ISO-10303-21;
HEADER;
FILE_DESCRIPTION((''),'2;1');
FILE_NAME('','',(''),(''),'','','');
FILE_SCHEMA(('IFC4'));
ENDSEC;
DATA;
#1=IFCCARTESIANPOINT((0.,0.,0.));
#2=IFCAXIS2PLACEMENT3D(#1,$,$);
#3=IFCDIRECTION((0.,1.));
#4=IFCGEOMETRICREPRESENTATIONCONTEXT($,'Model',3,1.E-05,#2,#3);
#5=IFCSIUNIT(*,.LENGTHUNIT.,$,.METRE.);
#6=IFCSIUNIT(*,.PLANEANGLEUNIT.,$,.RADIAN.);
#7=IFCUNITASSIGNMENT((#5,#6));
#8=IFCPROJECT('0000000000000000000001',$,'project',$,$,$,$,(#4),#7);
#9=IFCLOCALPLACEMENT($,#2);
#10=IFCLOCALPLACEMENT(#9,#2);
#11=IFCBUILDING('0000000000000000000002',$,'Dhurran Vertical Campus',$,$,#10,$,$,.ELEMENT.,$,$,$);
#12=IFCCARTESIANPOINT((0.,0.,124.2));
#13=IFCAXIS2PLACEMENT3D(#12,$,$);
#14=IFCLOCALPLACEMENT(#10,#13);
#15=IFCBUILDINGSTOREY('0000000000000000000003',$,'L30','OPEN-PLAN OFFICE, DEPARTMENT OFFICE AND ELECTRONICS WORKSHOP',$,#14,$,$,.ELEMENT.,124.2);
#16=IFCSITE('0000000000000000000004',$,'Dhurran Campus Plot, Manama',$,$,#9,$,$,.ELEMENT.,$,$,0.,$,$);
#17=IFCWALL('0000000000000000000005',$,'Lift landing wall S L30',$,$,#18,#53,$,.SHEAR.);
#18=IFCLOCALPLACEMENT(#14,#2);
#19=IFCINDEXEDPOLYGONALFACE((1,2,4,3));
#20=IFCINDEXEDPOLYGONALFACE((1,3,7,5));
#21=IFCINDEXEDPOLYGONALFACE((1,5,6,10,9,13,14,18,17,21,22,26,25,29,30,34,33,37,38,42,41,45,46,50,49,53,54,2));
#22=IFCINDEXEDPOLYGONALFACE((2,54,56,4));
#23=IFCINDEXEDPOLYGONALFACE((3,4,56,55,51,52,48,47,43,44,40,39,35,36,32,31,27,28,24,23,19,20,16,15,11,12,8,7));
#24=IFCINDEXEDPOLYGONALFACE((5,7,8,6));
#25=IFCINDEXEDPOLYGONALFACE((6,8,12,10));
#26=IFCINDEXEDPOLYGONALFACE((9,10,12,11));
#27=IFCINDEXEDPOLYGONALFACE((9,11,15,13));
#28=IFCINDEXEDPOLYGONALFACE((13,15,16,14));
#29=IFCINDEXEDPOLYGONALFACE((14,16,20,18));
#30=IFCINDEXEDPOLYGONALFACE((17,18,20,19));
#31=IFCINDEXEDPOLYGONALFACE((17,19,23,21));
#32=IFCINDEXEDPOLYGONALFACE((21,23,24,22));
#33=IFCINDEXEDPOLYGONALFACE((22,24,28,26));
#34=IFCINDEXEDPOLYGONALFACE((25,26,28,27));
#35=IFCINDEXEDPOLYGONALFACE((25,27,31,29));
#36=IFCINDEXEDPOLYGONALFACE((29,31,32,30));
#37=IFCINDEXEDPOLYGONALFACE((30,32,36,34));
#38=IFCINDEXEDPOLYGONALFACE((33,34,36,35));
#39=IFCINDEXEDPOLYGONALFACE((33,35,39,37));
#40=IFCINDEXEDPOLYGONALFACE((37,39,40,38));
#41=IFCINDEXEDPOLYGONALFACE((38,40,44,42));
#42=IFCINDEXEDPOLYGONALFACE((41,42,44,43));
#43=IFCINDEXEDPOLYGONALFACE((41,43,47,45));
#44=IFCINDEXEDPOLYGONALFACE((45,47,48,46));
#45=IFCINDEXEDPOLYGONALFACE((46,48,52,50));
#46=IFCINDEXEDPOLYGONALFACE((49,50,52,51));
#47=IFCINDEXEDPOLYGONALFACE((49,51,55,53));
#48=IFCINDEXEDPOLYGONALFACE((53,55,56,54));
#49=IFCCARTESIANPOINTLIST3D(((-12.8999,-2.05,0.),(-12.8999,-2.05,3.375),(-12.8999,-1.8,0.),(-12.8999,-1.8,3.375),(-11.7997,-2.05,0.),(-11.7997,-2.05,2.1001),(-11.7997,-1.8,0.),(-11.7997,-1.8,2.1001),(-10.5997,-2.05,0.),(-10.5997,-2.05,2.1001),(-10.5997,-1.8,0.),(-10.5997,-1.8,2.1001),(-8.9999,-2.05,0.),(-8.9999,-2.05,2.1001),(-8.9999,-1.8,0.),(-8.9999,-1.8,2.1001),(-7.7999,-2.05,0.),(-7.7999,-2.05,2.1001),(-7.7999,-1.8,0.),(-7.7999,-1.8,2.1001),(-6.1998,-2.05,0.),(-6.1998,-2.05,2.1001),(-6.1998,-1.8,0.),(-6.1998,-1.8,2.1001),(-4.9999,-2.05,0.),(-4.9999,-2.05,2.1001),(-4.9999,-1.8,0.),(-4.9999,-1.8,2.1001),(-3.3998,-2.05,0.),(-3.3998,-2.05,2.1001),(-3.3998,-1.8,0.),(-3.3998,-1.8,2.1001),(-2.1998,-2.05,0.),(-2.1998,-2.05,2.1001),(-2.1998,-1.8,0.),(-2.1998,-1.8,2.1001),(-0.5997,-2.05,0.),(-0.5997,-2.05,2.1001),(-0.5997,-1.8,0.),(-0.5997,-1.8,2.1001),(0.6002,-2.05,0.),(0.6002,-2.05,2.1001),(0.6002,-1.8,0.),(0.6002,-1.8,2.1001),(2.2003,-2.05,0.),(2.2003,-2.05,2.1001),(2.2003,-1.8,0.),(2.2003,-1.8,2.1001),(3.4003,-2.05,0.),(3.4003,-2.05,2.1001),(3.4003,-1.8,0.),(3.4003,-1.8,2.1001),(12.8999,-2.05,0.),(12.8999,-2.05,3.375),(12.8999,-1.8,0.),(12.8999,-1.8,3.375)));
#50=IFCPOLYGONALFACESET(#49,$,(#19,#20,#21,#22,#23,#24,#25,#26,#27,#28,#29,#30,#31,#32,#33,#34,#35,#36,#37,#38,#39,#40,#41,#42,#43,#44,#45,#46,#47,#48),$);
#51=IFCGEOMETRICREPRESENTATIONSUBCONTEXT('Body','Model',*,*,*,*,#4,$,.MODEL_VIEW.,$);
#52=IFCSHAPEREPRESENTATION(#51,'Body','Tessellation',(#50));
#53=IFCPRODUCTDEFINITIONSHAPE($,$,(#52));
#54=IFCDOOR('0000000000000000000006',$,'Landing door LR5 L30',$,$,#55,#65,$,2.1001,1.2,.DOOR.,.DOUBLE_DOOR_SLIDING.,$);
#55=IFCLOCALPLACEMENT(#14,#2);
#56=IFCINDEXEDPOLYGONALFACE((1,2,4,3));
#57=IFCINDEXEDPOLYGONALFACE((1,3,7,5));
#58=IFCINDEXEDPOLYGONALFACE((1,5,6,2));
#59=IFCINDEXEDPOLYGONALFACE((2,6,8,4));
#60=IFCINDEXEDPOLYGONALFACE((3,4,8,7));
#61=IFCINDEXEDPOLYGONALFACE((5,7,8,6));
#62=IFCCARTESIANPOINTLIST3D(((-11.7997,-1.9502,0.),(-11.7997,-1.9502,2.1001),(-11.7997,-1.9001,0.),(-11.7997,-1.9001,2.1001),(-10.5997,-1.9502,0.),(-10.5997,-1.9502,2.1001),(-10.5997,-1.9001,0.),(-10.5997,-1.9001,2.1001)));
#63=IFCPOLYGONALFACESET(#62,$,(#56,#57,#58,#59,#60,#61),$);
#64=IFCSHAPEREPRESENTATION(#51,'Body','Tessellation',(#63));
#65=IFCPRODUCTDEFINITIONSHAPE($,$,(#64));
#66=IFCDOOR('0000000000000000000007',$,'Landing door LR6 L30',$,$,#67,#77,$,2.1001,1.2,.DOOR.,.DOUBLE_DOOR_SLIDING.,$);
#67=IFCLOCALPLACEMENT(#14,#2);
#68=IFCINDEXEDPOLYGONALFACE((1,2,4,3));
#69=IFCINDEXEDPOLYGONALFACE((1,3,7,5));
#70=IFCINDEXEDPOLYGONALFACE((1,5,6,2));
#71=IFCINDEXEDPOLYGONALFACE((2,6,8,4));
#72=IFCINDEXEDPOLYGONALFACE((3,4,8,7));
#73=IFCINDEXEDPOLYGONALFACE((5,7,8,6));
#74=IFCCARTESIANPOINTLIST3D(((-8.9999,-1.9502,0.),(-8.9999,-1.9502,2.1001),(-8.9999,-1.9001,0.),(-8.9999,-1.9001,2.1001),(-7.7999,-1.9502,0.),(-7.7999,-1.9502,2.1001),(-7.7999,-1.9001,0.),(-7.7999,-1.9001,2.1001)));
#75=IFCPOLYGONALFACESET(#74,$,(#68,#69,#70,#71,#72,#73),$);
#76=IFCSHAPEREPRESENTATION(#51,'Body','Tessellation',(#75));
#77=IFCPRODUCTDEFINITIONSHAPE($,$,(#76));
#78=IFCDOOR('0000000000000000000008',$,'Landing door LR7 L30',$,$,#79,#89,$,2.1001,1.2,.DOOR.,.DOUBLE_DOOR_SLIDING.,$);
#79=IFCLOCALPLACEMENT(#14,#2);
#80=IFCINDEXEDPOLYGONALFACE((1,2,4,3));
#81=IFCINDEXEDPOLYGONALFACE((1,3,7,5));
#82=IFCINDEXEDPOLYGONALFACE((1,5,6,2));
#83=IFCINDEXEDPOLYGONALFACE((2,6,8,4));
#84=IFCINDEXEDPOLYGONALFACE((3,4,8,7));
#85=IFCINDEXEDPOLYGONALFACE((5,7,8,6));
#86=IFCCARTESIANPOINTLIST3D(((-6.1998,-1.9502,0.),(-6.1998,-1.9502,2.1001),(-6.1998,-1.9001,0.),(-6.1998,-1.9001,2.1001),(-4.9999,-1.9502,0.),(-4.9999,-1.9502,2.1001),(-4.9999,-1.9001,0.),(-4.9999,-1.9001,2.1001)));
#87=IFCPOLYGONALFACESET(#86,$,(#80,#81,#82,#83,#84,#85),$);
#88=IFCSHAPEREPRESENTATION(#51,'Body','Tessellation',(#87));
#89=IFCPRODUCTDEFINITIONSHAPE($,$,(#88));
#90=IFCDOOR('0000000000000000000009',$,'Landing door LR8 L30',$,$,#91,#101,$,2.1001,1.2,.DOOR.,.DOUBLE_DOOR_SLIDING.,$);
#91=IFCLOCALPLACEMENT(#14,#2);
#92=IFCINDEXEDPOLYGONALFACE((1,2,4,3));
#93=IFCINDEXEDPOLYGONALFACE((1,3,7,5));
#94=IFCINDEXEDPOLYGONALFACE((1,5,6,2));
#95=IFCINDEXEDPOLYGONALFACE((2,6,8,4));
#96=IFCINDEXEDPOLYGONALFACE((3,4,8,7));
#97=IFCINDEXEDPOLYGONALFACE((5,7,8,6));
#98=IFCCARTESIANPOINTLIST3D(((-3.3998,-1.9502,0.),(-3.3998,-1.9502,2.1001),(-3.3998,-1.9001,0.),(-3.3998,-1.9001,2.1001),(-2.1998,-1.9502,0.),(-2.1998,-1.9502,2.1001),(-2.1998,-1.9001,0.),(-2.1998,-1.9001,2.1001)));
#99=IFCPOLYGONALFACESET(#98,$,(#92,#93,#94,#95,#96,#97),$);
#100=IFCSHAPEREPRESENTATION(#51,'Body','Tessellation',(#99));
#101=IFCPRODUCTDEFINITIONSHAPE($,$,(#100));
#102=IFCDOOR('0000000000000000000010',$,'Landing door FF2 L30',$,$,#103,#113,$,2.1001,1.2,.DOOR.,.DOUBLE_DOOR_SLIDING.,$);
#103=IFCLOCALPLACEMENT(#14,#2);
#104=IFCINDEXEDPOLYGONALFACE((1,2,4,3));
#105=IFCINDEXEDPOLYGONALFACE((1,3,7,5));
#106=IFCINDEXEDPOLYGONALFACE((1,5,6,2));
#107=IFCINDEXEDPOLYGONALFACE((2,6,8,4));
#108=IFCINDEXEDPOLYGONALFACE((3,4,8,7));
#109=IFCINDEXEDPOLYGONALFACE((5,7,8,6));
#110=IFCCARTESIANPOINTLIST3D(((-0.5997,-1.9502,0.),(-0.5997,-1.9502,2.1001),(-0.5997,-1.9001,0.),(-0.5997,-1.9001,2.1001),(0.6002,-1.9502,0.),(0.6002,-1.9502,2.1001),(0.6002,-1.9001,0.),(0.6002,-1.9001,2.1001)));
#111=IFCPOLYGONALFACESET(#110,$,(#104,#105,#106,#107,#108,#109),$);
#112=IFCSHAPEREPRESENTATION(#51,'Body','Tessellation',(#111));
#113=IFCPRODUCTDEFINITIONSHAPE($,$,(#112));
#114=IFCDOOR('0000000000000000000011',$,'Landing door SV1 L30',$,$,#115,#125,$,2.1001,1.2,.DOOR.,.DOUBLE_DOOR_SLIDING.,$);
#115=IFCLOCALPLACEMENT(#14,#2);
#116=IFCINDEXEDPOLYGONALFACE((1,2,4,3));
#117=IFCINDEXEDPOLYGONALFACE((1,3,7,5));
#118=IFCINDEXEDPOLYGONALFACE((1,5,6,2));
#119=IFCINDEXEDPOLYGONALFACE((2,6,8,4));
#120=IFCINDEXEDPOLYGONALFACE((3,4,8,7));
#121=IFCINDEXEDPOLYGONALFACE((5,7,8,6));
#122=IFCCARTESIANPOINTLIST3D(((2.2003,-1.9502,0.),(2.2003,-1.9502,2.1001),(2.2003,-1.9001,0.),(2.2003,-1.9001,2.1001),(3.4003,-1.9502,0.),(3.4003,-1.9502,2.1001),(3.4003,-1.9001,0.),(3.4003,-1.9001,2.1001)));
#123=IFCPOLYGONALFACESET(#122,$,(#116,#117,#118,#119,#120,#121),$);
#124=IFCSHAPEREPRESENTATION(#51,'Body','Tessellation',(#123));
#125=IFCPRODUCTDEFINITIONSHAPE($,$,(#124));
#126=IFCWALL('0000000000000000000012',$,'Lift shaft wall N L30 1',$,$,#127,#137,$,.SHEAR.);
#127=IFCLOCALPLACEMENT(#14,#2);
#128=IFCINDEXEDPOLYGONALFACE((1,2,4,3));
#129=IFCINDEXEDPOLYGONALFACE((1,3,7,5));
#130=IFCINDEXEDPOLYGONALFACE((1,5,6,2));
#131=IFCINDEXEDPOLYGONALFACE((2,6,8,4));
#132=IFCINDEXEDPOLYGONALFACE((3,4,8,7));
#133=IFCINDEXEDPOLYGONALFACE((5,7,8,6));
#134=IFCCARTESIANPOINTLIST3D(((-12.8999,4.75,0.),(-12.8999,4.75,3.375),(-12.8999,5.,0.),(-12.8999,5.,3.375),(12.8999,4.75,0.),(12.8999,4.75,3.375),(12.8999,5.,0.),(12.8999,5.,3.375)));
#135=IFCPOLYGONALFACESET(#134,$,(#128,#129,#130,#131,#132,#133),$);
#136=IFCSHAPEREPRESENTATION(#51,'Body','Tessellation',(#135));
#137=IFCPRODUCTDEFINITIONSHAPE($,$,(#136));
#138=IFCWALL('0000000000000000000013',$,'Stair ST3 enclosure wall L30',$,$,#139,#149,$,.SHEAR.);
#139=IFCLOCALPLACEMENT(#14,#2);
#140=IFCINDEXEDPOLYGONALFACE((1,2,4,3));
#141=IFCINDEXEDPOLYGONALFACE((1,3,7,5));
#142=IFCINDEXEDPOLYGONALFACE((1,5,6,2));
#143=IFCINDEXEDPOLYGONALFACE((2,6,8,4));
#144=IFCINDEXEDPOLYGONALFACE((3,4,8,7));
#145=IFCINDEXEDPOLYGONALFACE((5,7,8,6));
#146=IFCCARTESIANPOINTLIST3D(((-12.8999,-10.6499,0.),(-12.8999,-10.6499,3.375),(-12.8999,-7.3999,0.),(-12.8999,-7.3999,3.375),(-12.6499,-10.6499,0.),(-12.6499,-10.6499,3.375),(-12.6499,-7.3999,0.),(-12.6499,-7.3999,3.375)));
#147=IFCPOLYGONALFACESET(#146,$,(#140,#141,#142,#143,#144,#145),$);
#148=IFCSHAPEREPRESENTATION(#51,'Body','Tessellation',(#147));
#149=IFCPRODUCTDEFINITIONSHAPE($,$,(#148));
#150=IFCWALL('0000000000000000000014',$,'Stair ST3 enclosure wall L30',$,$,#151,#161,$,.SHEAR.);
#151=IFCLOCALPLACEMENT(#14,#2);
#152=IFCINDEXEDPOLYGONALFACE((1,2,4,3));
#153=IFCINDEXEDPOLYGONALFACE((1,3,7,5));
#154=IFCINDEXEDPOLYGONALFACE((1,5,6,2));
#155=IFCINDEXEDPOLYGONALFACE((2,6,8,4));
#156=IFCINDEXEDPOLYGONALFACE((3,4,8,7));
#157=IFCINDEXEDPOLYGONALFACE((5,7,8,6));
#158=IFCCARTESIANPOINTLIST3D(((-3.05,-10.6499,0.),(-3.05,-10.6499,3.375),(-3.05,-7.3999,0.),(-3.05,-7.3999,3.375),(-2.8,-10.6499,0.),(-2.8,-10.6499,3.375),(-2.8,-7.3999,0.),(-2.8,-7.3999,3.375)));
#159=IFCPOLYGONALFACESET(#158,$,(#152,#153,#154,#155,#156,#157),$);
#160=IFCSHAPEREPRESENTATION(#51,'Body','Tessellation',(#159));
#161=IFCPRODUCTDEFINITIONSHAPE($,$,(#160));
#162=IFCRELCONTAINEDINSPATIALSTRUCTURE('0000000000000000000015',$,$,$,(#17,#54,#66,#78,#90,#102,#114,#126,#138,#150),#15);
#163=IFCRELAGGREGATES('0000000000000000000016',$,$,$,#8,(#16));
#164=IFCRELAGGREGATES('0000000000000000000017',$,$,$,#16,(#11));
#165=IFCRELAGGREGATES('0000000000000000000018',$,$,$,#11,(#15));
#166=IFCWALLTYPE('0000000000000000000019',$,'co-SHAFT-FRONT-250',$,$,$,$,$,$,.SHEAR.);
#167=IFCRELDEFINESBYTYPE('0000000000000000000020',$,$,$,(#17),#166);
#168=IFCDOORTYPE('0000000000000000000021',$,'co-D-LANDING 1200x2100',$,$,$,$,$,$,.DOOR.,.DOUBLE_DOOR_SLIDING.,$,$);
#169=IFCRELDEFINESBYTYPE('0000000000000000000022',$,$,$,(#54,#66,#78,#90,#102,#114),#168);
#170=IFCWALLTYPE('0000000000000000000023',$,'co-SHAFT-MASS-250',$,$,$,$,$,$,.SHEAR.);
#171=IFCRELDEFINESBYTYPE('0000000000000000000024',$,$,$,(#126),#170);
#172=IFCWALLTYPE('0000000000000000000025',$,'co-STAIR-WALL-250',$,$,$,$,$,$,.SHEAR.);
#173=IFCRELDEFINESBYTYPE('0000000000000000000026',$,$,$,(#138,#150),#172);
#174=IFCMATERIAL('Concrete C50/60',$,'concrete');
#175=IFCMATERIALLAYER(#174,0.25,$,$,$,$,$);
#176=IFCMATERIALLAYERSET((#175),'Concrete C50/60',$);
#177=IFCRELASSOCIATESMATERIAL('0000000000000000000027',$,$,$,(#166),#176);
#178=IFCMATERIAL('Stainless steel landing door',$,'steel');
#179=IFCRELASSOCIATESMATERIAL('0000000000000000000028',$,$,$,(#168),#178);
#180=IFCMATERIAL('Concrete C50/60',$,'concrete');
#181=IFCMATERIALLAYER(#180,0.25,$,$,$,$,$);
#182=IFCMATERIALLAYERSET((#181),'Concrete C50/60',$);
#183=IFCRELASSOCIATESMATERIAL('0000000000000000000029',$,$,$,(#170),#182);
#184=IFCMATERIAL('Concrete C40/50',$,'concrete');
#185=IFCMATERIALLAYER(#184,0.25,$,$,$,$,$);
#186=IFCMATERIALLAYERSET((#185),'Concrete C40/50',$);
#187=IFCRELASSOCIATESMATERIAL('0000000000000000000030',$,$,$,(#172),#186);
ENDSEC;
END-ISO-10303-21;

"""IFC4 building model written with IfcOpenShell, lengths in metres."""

from ifc_helpers import new_model, si_unit, direction, frame, frame_2d, origin, place, context, subcontext, project, spatial, polyline, rectangle, outline, extrude, material, layer, layer_set, type_object, element, fill, save


model = new_model("IFC4")

# Units and contexts
model_context = context("Model", 3, precision=1e-05, world=origin(), true_north=direction((0.0, 1.0)))
body_context = subcontext(model_context, "Body", "Model", "MODEL_VIEW")
ifc_project = project(units=[si_unit("LENGTHUNIT", "METRE"), si_unit("PLANEANGLEUNIT", "RADIAN")], contexts=[model_context])

# Site, building, storey
site_placement = place(None, origin())
site = spatial("IfcSite", under=ifc_project, at=site_placement, Name="Dhurran Campus Plot, Manama", CompositionType="ELEMENT", RefElevation=0.0)
building_placement = place(site_placement, origin())
building = spatial("IfcBuilding", under=site, at=building_placement, Name="Dhurran Vertical Campus", CompositionType="ELEMENT")
storey_placement = place(building_placement, frame((0.0, 0.0, 124.2)))
storey = spatial("IfcBuildingStorey", under=building, at=storey_placement, Name="L30", Description="OPEN-PLAN OFFICE, DEPARTMENT OFFICE AND ELECTRONICS WORKSHOP", CompositionType="ELEMENT", Elevation=124.2)

# Wall, openings, doors
ifc_material_1 = material(Name="Concrete C50/60", Category="concrete")
ifc_layer_1 = layer(ifc_material_1, 0.25)
ifc_layer_set_1 = layer_set([ifc_layer_1], Name="Concrete C50/60")
wall_type_1 = type_object("IfcWallType", Name="co-SHAFT-FRONT-250", PredefinedType="SHEAR", material=ifc_layer_set_1)
wall_1_placement = place(storey_placement, frame((-12.8999, -1.925, 0.0), z_axis=(0.0, 0.0, 1.0), x_axis=(1.0, 0.0, 0.0)))
wall_1 = element("IfcWall", 1, at=wall_1_placement, inside=storey, type_object=wall_type_1, Name="Lift landing wall S L30", PredefinedType="SHEAR", context=body_context, shape_type="SweptSolid", body=[
    extrude(rectangle(XDim=25.7998, YDim=0.25, at=frame_2d((12.8999, 0.0))), origin(), (0.0, 0.0, 1.0), 3.375),
])
opening_1_placement = place(wall_1_placement, frame((1.1001, 0.0, 0.0)))
opening_1 = element("IfcOpeningElement", 2, at=opening_1_placement, cuts=wall_1, PredefinedType="OPENING", context=body_context, shape_type="SweptSolid", body=[
    extrude(rectangle(XDim=1.2, YDim=2.1001, at=frame_2d((0.6001, 1.05))), frame((0.0, 0.135, 0.0), z_axis=(0.0, -1.0, 0.0), x_axis=(1.0, 0.0, 0.0)), (0.0, 0.0, 1.0), 0.27),
])
opening_2_placement = place(wall_1_placement, frame((3.8999, 0.0, 0.0)))
opening_2 = element("IfcOpeningElement", 3, at=opening_2_placement, cuts=wall_1, PredefinedType="OPENING", context=body_context, shape_type="SweptSolid", body=[
    extrude(rectangle(XDim=1.2, YDim=2.1001, at=frame_2d((0.6001, 1.05))), frame((0.0, 0.135, 0.0), z_axis=(0.0, -1.0, 0.0), x_axis=(1.0, 0.0, 0.0)), (0.0, 0.0, 1.0), 0.27),
])
opening_3_placement = place(wall_1_placement, frame((6.7, 0.0, 0.0)))
opening_3 = element("IfcOpeningElement", 4, at=opening_3_placement, cuts=wall_1, PredefinedType="OPENING", context=body_context, shape_type="SweptSolid", body=[
    extrude(rectangle(XDim=1.2, YDim=2.1001, at=frame_2d((0.6001, 1.05))), frame((0.0, 0.135, 0.0), z_axis=(0.0, -1.0, 0.0), x_axis=(1.0, 0.0, 0.0)), (0.0, 0.0, 1.0), 0.27),
])
opening_4_placement = place(wall_1_placement, frame((9.5, 0.0, 0.0)))
opening_4 = element("IfcOpeningElement", 5, at=opening_4_placement, cuts=wall_1, PredefinedType="OPENING", context=body_context, shape_type="SweptSolid", body=[
    extrude(rectangle(XDim=1.2, YDim=2.1001, at=frame_2d((0.6001, 1.05))), frame((0.0, 0.135, 0.0), z_axis=(0.0, -1.0, 0.0), x_axis=(1.0, 0.0, 0.0)), (0.0, 0.0, 1.0), 0.27),
])
opening_5_placement = place(wall_1_placement, frame((12.3, 0.0, 0.0)))
opening_5 = element("IfcOpeningElement", 6, at=opening_5_placement, cuts=wall_1, PredefinedType="OPENING", context=body_context, shape_type="SweptSolid", body=[
    extrude(rectangle(XDim=1.2, YDim=2.1001, at=frame_2d((0.6001, 1.05))), frame((0.0, 0.135, 0.0), z_axis=(0.0, -1.0, 0.0), x_axis=(1.0, 0.0, 0.0)), (0.0, 0.0, 1.0), 0.27),
])
opening_6_placement = place(wall_1_placement, frame((15.1001, 0.0, 0.0)))
opening_6 = element("IfcOpeningElement", 7, at=opening_6_placement, cuts=wall_1, PredefinedType="OPENING", context=body_context, shape_type="SweptSolid", body=[
    extrude(rectangle(XDim=1.2, YDim=2.1001, at=frame_2d((0.6001, 1.05))), frame((0.0, 0.135, 0.0), z_axis=(0.0, -1.0, 0.0), x_axis=(1.0, 0.0, 0.0)), (0.0, 0.0, 1.0), 0.27),
])
ifc_material_2 = material(Name="Stainless steel landing door", Category="steel")
door_type_1 = type_object("IfcDoorType", Name="co-D-LANDING 1200x2100", OperationType="DOUBLE_DOOR_SLIDING", PredefinedType="DOOR", material=ifc_material_2)
door_1_placement = place(opening_1_placement, origin())
door_1 = element("IfcDoor", 8, at=door_1_placement, inside=storey, type_object=door_type_1, Name="Landing door LR5 L30", OperationType="DOUBLE_DOOR_SLIDING", OverallHeight=2.1001, OverallWidth=1.2, PredefinedType="DOOR", context=body_context, shape_type="SweptSolid", body=[
    extrude(rectangle(XDim=1.2, YDim=2.1001, at=frame_2d((0.6001, 1.05))), frame((0.0, 0.0249, 0.0), z_axis=(0.0, -1.0, 0.0), x_axis=(1.0, 0.0, 0.0)), (0.0, 0.0, 1.0), 0.05),
])
fill(opening_1, door_1)
door_2_placement = place(opening_2_placement, origin())
door_2 = element("IfcDoor", 9, at=door_2_placement, inside=storey, type_object=door_type_1, Name="Landing door LR6 L30", OperationType="DOUBLE_DOOR_SLIDING", OverallHeight=2.1001, OverallWidth=1.2, PredefinedType="DOOR", context=body_context, shape_type="SweptSolid", body=[
    extrude(rectangle(XDim=1.2, YDim=2.1001, at=frame_2d((0.6001, 1.05))), frame((0.0, 0.0249, 0.0), z_axis=(0.0, -1.0, 0.0), x_axis=(1.0, 0.0, 0.0)), (0.0, 0.0, 1.0), 0.05),
])
fill(opening_2, door_2)
door_3_placement = place(opening_3_placement, origin())
door_3 = element("IfcDoor", 10, at=door_3_placement, inside=storey, type_object=door_type_1, Name="Landing door LR7 L30", OperationType="DOUBLE_DOOR_SLIDING", OverallHeight=2.1001, OverallWidth=1.2, PredefinedType="DOOR", context=body_context, shape_type="SweptSolid", body=[
    extrude(rectangle(XDim=1.2, YDim=2.1001, at=frame_2d((0.6001, 1.05))), frame((0.0, 0.0249, 0.0), z_axis=(0.0, -1.0, 0.0), x_axis=(1.0, 0.0, 0.0)), (0.0, 0.0, 1.0), 0.05),
])
fill(opening_3, door_3)
door_4_placement = place(opening_4_placement, origin())
door_4 = element("IfcDoor", 11, at=door_4_placement, inside=storey, type_object=door_type_1, Name="Landing door LR8 L30", OperationType="DOUBLE_DOOR_SLIDING", OverallHeight=2.1001, OverallWidth=1.2, PredefinedType="DOOR", context=body_context, shape_type="SweptSolid", body=[
    extrude(rectangle(XDim=1.2, YDim=2.1001, at=frame_2d((0.6001, 1.05))), frame((0.0, 0.0249, 0.0), z_axis=(0.0, -1.0, 0.0), x_axis=(1.0, 0.0, 0.0)), (0.0, 0.0, 1.0), 0.05),
])
fill(opening_4, door_4)
door_5_placement = place(opening_5_placement, origin())
door_5 = element("IfcDoor", 12, at=door_5_placement, inside=storey, type_object=door_type_1, Name="Landing door FF2 L30", OperationType="DOUBLE_DOOR_SLIDING", OverallHeight=2.1001, OverallWidth=1.2, PredefinedType="DOOR", context=body_context, shape_type="SweptSolid", body=[
    extrude(rectangle(XDim=1.2, YDim=2.1001, at=frame_2d((0.6001, 1.05))), frame((0.0, 0.0249, 0.0), z_axis=(0.0, -1.0, 0.0), x_axis=(1.0, 0.0, 0.0)), (0.0, 0.0, 1.0), 0.05),
])
fill(opening_5, door_5)
door_6_placement = place(opening_6_placement, origin())
door_6 = element("IfcDoor", 13, at=door_6_placement, inside=storey, type_object=door_type_1, Name="Landing door SV1 L30", OperationType="DOUBLE_DOOR_SLIDING", OverallHeight=2.1001, OverallWidth=1.2, PredefinedType="DOOR", context=body_context, shape_type="SweptSolid", body=[
    extrude(rectangle(XDim=1.2, YDim=2.1001, at=frame_2d((0.6001, 1.05))), frame((0.0, 0.0249, 0.0), z_axis=(0.0, -1.0, 0.0), x_axis=(1.0, 0.0, 0.0)), (0.0, 0.0, 1.0), 0.05),
])
fill(opening_6, door_6)

# Walls
ifc_material_3 = material(Name="Concrete C50/60", Category="concrete")
ifc_layer_2 = layer(ifc_material_3, 0.25)
ifc_layer_set_2 = layer_set([ifc_layer_2], Name="Concrete C50/60")
wall_type_2 = type_object("IfcWallType", Name="co-SHAFT-MASS-250", PredefinedType="SHEAR", material=ifc_layer_set_2)
wall_2_placement = place(storey_placement, origin())
element("IfcWall", 14, at=wall_2_placement, inside=storey, type_object=wall_type_2, Name="Lift shaft wall N L30 1", PredefinedType="SHEAR", context=body_context, shape_type="SweptSolid", body=[
    extrude(outline(polyline([(-12.8999, 4.75), (12.8999, 4.75), (12.8999, 5.0), (-12.8999, 5.0), (-12.8999, 4.75)])), origin(), (0.0, 0.0, 1.0), 3.375),
])
ifc_material_4 = material(Name="Concrete C40/50", Category="concrete")
ifc_layer_3 = layer(ifc_material_4, 0.25)
ifc_layer_set_3 = layer_set([ifc_layer_3], Name="Concrete C40/50")
wall_type_3 = type_object("IfcWallType", Name="co-STAIR-WALL-250", PredefinedType="SHEAR", material=ifc_layer_set_3)
for number, where, z_axis, x_axis, name in (
    (15, (-12.7749, -10.6499, 0.0), (0.0, 0.0, 1.0), (0.0, 1.0, 0.0), "Stair ST3 enclosure wall L30"),
    (16, (-2.925, -10.6499, 0.0), (0.0, 0.0, 1.0), (0.0, 1.0, 0.0), "Stair ST3 enclosure wall L30"),
):
    element("IfcWall", number, at=place(storey_placement, frame(where, z_axis=z_axis, x_axis=x_axis)), inside=storey, type_object=wall_type_3, Name=name, PredefinedType="SHEAR", context=body_context, shape_type="SweptSolid", body=[
        extrude(rectangle(XDim=3.25, YDim=0.25, at=frame_2d((1.625, 0.0))), origin(), (0.0, 0.0, 1.0), 3.375),
    ])

save(model, "model.ifc")
